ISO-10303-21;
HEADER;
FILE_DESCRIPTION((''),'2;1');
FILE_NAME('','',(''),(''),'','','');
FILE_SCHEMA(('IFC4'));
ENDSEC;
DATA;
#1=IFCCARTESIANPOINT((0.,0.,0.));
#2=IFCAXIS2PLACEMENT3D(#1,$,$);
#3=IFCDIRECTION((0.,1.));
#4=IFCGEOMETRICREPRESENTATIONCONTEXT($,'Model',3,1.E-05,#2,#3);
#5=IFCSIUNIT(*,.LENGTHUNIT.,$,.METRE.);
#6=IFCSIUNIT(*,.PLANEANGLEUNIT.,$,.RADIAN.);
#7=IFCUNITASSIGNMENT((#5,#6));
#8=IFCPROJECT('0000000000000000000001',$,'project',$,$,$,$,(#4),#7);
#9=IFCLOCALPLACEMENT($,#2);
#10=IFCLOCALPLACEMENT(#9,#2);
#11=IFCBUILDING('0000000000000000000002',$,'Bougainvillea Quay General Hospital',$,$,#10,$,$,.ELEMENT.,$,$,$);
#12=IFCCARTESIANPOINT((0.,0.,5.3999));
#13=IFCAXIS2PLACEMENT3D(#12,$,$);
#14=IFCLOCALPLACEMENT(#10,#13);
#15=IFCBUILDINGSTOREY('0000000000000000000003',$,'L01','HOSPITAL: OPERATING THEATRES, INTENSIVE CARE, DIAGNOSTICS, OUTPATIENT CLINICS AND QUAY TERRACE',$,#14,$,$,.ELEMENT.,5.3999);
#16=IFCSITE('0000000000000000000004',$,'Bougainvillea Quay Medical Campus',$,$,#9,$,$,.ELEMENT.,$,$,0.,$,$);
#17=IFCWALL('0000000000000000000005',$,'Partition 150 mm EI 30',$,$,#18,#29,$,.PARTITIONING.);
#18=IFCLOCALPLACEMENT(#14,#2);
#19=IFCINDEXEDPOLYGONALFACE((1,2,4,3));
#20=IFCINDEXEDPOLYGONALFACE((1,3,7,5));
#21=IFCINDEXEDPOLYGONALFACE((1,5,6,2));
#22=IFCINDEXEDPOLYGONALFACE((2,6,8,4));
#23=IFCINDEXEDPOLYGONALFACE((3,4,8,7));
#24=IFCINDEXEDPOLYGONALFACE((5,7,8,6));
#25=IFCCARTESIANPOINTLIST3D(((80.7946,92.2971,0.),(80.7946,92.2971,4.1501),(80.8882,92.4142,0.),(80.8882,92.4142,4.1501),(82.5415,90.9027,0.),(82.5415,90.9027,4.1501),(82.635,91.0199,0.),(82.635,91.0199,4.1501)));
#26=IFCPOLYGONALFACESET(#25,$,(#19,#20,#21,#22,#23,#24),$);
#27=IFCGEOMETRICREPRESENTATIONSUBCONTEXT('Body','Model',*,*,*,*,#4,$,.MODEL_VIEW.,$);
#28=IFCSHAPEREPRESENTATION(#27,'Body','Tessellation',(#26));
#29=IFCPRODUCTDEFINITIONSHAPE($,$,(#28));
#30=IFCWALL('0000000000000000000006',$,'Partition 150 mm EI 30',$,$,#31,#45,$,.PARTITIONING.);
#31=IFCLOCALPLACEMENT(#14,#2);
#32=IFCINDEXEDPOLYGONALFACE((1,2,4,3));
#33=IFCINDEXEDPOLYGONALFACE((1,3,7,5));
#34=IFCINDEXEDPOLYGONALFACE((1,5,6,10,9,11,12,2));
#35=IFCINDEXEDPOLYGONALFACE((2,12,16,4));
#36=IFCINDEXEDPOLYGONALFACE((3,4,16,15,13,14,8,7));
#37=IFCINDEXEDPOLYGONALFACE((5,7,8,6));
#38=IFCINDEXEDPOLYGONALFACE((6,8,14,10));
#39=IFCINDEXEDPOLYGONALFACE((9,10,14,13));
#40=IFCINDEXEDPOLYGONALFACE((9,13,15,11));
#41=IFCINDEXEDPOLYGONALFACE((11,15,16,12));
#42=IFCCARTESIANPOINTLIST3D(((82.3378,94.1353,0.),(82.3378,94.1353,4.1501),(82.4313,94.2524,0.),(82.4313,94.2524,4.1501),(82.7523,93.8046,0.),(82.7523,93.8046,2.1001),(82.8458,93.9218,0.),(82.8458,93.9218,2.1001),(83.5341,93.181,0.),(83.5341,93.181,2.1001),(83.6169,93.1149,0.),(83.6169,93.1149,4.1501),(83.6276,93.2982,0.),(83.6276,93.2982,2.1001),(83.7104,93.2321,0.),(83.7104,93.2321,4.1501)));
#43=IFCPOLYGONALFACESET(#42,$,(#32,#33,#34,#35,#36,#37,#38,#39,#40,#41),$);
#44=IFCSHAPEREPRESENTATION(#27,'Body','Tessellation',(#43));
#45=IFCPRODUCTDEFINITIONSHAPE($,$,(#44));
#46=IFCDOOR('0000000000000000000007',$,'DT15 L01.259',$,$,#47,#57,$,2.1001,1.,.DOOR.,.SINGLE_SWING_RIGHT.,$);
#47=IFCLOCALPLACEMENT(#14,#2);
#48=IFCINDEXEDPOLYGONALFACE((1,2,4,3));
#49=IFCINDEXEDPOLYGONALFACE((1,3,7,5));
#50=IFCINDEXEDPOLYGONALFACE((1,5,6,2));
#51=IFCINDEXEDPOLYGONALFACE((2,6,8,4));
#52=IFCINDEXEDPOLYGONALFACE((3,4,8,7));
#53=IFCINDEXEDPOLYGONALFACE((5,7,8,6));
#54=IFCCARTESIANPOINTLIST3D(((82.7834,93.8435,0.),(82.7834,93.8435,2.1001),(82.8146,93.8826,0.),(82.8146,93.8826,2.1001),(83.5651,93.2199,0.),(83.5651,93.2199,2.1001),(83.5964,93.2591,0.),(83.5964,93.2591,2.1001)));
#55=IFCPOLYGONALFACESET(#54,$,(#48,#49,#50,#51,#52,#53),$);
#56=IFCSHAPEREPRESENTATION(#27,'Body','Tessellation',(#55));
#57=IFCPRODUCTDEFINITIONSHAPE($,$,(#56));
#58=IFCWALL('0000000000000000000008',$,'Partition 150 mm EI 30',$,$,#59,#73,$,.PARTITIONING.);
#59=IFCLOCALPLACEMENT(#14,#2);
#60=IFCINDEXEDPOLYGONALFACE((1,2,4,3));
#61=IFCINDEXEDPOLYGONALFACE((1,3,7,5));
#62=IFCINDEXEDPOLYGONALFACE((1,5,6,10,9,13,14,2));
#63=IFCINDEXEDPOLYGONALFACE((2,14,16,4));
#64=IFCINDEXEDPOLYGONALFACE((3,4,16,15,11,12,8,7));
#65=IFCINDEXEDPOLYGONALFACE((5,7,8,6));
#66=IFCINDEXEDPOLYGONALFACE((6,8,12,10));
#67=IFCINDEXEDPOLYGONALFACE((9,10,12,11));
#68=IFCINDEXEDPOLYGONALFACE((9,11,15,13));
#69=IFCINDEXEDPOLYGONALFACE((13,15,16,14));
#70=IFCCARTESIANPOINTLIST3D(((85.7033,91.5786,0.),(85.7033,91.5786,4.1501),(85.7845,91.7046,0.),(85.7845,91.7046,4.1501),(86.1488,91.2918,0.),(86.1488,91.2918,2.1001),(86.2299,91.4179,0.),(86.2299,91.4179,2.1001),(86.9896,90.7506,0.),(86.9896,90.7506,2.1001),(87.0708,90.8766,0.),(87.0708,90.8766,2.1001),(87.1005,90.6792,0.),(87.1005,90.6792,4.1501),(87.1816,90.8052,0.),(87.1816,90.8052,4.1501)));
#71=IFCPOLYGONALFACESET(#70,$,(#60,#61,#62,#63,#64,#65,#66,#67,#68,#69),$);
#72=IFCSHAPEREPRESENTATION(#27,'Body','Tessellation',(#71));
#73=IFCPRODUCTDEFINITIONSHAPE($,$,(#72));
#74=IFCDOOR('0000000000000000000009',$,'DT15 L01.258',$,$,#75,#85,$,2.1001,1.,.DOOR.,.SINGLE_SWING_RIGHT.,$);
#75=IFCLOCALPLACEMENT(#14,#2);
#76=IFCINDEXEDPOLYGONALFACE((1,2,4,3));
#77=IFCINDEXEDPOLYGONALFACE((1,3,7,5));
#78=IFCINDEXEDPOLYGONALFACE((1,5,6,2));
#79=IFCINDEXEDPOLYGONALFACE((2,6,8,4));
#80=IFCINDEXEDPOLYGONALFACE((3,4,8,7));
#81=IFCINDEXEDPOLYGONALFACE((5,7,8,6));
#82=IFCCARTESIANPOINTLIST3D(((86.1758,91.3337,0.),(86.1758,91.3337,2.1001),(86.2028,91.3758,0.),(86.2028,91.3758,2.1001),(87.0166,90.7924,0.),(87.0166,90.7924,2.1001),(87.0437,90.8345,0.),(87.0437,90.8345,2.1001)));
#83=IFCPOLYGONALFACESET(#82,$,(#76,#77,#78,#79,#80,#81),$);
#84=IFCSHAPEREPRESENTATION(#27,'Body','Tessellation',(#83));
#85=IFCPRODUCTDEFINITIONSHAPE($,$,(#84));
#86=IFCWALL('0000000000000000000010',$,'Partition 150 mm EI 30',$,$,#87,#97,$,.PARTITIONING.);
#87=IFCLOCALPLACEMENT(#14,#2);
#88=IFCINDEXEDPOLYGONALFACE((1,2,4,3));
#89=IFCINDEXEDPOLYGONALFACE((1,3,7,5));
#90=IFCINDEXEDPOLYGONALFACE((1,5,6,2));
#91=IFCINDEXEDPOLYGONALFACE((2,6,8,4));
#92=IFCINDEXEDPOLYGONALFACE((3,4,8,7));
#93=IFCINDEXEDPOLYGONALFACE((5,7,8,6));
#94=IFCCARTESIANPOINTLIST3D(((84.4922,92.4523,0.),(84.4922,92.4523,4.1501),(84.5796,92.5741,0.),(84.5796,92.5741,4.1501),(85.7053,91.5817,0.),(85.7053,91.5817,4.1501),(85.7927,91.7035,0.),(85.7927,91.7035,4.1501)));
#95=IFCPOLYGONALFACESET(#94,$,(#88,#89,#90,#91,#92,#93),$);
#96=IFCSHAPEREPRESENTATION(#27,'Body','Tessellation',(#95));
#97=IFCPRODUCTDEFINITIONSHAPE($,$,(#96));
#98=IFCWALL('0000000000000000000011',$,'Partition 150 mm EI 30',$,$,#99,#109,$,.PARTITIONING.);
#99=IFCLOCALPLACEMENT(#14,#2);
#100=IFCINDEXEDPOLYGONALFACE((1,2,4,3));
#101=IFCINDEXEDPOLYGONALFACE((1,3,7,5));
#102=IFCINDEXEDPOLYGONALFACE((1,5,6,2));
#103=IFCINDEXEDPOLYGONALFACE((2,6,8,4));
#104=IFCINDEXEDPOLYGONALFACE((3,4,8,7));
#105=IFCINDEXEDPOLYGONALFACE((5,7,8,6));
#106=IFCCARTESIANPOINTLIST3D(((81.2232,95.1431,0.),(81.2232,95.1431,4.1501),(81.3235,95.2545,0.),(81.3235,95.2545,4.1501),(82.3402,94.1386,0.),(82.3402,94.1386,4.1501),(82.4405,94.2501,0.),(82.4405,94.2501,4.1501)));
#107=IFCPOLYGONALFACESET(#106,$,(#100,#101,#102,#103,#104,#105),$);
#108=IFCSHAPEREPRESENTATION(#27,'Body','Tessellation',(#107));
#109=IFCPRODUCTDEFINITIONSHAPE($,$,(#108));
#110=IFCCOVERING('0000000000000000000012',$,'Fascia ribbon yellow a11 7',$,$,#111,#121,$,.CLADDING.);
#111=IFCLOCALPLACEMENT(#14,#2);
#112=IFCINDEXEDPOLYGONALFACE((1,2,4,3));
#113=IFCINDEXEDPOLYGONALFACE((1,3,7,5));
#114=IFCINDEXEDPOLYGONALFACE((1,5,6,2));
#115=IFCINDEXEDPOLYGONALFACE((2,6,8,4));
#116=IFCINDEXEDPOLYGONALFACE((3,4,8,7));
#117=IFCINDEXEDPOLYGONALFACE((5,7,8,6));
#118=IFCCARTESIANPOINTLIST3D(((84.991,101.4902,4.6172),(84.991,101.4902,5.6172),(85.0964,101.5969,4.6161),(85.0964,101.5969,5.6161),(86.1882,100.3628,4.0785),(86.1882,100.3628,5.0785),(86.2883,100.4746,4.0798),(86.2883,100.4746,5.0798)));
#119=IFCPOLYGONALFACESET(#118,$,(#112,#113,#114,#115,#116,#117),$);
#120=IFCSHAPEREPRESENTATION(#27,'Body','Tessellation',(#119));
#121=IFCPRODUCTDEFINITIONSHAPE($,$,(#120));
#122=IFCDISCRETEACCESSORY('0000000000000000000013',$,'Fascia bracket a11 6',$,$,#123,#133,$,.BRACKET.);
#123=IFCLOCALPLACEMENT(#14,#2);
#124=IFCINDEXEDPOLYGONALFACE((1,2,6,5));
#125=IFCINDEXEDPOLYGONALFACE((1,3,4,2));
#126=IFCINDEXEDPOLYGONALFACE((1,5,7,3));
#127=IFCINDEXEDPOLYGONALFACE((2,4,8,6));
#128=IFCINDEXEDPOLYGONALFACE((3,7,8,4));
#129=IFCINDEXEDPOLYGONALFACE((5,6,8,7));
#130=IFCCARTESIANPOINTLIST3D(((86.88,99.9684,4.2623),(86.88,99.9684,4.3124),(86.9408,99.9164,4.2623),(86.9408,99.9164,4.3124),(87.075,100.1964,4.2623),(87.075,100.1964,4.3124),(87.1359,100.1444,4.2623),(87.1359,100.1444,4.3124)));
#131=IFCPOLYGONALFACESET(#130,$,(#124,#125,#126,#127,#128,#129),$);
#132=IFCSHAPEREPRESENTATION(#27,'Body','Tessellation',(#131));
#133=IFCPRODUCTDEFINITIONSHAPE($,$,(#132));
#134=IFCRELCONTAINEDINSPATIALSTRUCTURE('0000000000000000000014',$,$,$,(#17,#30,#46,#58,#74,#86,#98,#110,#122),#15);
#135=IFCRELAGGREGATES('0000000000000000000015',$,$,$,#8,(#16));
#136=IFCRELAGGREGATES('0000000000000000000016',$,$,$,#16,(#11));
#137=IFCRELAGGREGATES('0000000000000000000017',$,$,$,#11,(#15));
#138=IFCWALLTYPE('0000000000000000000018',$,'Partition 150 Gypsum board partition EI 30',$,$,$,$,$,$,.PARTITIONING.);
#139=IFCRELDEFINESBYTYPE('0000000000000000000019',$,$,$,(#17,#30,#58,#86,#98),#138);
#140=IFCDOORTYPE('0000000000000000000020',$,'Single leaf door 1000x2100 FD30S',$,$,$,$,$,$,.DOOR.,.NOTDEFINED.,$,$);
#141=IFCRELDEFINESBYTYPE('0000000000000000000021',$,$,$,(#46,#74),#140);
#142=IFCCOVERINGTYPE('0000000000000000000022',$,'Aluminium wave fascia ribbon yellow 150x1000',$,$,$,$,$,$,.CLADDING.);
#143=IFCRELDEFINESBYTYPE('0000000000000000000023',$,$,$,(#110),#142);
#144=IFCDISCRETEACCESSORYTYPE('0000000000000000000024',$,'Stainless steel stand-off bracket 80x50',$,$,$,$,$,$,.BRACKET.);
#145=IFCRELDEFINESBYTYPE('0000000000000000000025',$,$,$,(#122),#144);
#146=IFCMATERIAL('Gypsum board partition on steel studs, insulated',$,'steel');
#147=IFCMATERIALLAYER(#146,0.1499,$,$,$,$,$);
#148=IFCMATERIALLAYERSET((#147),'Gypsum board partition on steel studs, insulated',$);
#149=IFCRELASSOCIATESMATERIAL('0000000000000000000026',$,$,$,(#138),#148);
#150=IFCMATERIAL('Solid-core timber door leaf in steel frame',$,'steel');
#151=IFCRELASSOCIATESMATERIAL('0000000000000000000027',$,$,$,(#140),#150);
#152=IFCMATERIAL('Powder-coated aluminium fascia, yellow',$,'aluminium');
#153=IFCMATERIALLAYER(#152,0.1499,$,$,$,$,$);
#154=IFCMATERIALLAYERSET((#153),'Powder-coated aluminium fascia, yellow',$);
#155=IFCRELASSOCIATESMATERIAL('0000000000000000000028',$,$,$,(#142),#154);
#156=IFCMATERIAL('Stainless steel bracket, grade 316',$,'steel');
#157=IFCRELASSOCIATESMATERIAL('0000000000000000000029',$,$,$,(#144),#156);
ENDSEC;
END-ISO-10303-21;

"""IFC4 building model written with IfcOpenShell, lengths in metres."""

from ifc_helpers import new_model, si_unit, direction, frame, frame_2d, origin, origin_2d, place, context, subcontext, project, spatial, polyline, rectangle, outline, extrude, material, layer, layer_set, material_profile, profile_set, type_object, element, fill, save


model = new_model("IFC4")

# Units and contexts
model_context = context("Model", 3, precision=1e-05, world=origin(), true_north=direction((0.0, 1.0)))
body_context = subcontext(model_context, "Body", "Model", "MODEL_VIEW")
ifc_project = project(units=[si_unit("LENGTHUNIT", "METRE"), si_unit("PLANEANGLEUNIT", "RADIAN")], contexts=[model_context])

# Site, building, storey
site_placement = place(None, origin())
site = spatial("IfcSite", under=ifc_project, at=site_placement, Name="Bougainvillea Quay Medical Campus", CompositionType="ELEMENT", RefElevation=0.0)
building_placement = place(site_placement, origin())
building = spatial("IfcBuilding", under=site, at=building_placement, Name="Bougainvillea Quay General Hospital", CompositionType="ELEMENT")
storey_placement = place(building_placement, frame((0.0, 0.0, 5.3999)))
storey = spatial("IfcBuildingStorey", under=building, at=storey_placement, Name="L01", Description="HOSPITAL: OPERATING THEATRES, INTENSIVE CARE, DIAGNOSTICS, OUTPATIENT CLINICS AND QUAY TERRACE", CompositionType="ELEMENT", Elevation=5.3999)

# Wall
ifc_material_1 = material(Name="Gypsum board partition on steel studs, insulated", Category="steel")
ifc_layer_1 = layer(ifc_material_1, 0.1499)
ifc_layer_set_1 = layer_set([ifc_layer_1], Name="Gypsum board partition on steel studs, insulated")
wall_type_1 = type_object("IfcWallType", Name="Partition 150 Gypsum board partition EI 30", PredefinedType="PARTITIONING", material=ifc_layer_set_1)
wall_1_placement = place(storey_placement, frame((80.8413, 92.3557, 0.0), z_axis=(0.0, 0.0, 1.0), x_axis=(0.781561, -0.623829, 0.0)))
element("IfcWall", 1, at=wall_1_placement, inside=storey, type_object=wall_type_1, Name="Partition 150 mm EI 30", PredefinedType="PARTITIONING", context=body_context, shape_type="SweptSolid", body=[
    extrude(rectangle(XDim=2.2351, YDim=0.1499, at=frame_2d((1.1177, 0.0))), origin(), (0.0, 0.0, 1.0), 4.1501),
])

# Walls, openings, doors
wall_2_placement = place(storey_placement, frame((82.3845, 94.1938, 0.0), z_axis=(0.0, 0.0, 1.0), x_axis=(0.781756, -0.623584, 0.0)))
wall_2 = element("IfcWall", 2, at=wall_2_placement, inside=storey, type_object=wall_type_1, Name="Partition 150 mm EI 30", PredefinedType="PARTITIONING", context=body_context, shape_type="SweptSolid", body=[
    extrude(rectangle(XDim=1.6362, YDim=0.1499, at=frame_2d((0.8181, 0.0))), origin(), (0.0, 0.0, 1.0), 4.1501),
])
opening_1_placement = place(wall_2_placement, frame((0.5303, 0.0, 0.0)))
opening_1 = element("IfcOpeningElement", 3, at=opening_1_placement, cuts=wall_2, PredefinedType="OPENING", context=body_context, shape_type="SweptSolid", body=[
    extrude(rectangle(XDim=1.0, YDim=2.1001, at=frame_2d((0.5, 1.05))), frame((0.0, 0.085, 0.0), z_axis=(0.0, -1.0, 0.0), x_axis=(1.0, 0.0, 0.0)), (0.0, 0.0, 1.0), 0.1699),
])
ifc_material_2 = material(Name="Solid-core timber door leaf in steel frame", Category="steel")
door_type = type_object("IfcDoorType", Name="Single leaf door 1000x2100 FD30S", OperationType="NOTDEFINED", PredefinedType="DOOR", material=ifc_material_2)
door_1_placement = place(opening_1_placement, origin())
door_1 = element("IfcDoor", 4, at=door_1_placement, inside=storey, type_object=door_type, Name="DT15 L01.259", OperationType="SINGLE_SWING_RIGHT", OverallHeight=2.1001, OverallWidth=1.0, PredefinedType="DOOR", context=body_context, shape_type="SweptSolid", body=[
    extrude(rectangle(XDim=1.0, YDim=2.1001, at=frame_2d((0.5, 1.05))), frame((0.0, 0.0249, 0.0), z_axis=(0.0, -1.0, 0.0), x_axis=(1.0, 0.0, 0.0)), (0.0, 0.0, 1.0), 0.05),
])
fill(opening_1, door_1)
wall_3_placement = place(storey_placement, frame((85.7439, 91.6416, 0.0), z_axis=(0.0, 0.0, 1.0), x_axis=(0.840849, -0.54127, 0.0)))
wall_3 = element("IfcWall", 5, at=wall_3_placement, inside=storey, type_object=wall_type_1, Name="Partition 150 mm EI 30", PredefinedType="PARTITIONING", context=body_context, shape_type="SweptSolid", body=[
    extrude(rectangle(XDim=1.6616, YDim=0.1499, at=frame_2d((0.8308, 0.0))), origin(), (0.0, 0.0, 1.0), 4.1501),
])
opening_2_placement = place(wall_3_placement, frame((0.5298, 0.0, 0.0)))
opening_2 = element("IfcOpeningElement", 6, at=opening_2_placement, cuts=wall_3, PredefinedType="OPENING", context=body_context, shape_type="SweptSolid", body=[
    extrude(rectangle(XDim=1.0, YDim=2.1001, at=frame_2d((0.5, 1.05))), frame((0.0, 0.085, 0.0), z_axis=(0.0, -1.0, 0.0), x_axis=(1.0, 0.0, 0.0)), (0.0, 0.0, 1.0), 0.1699),
])
door_2_placement = place(opening_2_placement, origin())
door_2 = element("IfcDoor", 7, at=door_2_placement, inside=storey, type_object=door_type, Name="DT15 L01.258", OperationType="SINGLE_SWING_RIGHT", OverallHeight=2.1001, OverallWidth=1.0, PredefinedType="DOOR", context=body_context, shape_type="SweptSolid", body=[
    extrude(rectangle(XDim=1.0, YDim=2.1001, at=frame_2d((0.5, 1.05))), frame((0.0, 0.0249, 0.0), z_axis=(0.0, -1.0, 0.0), x_axis=(1.0, 0.0, 0.0)), (0.0, 0.0, 1.0), 0.05),
])
fill(opening_2, door_2)

# Walls
wall_4_placement = place(storey_placement, frame((84.5359, 92.5132, 0.0), z_axis=(0.0, 0.0, 1.0), x_axis=(0.812439, -0.583046, 0.0)))
element("IfcWall", 8, at=wall_4_placement, inside=storey, type_object=wall_type_1, Name="Partition 150 mm EI 30", PredefinedType="PARTITIONING", context=body_context, shape_type="SweptSolid", body=[
    extrude(rectangle(XDim=1.4932, YDim=0.1499, at=frame_2d((0.7466, 0.0))), origin(), (0.0, 0.0, 1.0), 4.1501),
])
wall_5_placement = place(storey_placement, frame((81.2734, 95.1987, 0.0), z_axis=(0.0, 0.0, 1.0), x_axis=(0.743577, -0.66865, 0.0)))
element("IfcWall", 9, at=wall_5_placement, inside=storey, type_object=wall_type_1, Name="Partition 150 mm EI 30", PredefinedType="PARTITIONING", context=body_context, shape_type="SweptSolid", body=[
    extrude(rectangle(XDim=1.5022, YDim=0.1499, at=frame_2d((0.751, 0.0))), origin(), (0.0, 0.0, 1.0), 4.1501),
])

# Covering
ifc_material_3 = material(Name="Powder-coated aluminium fascia, yellow", Category="aluminium")
ifc_layer_2 = layer(ifc_material_3, 0.1499)
ifc_layer_set_2 = layer_set([ifc_layer_2], Name="Powder-coated aluminium fascia, yellow")
covering_type = type_object("IfcCoveringType", Name="Aluminium wave fascia ribbon yellow 150x1000", PredefinedType="CLADDING", material=ifc_layer_set_2)
covering_placement = place(storey_placement, frame((86.2883, 100.4746, 4.0798), z_axis=(0.226193, -0.21386, 0.950316), x_axis=(-0.691866, 0.651477, 0.311286)))
element("IfcCovering", 10, at=covering_placement, inside=storey, type_object=covering_type, Name="Fascia ribbon yellow a11 7", PredefinedType="CLADDING", context=body_context, shape_type="SweptSolid", body=[
    extrude(outline(polyline([(0.0, 0.0), (1.7228, 0.0), (1.7265, 0.15), (-0.004, 0.15), (0.0, 0.0)])), origin(), (0.311286, -0.000603, 0.950316), 1.0),
])

# Discrete accessory
ifc_material_4 = material(Name="Stainless steel bracket, grade 316", Category="steel")
ifc_material_profile_1 = material_profile(ifc_material_4, rectangle(XDim=0.0801, YDim=0.05, at=origin_2d()))
ifc_profile_set_1 = profile_set([ifc_material_profile_1], Name="Stainless steel bracket, grade 316")
discrete_accessory_type = type_object("IfcDiscreteAccessoryType", Name="Stainless steel stand-off bracket 80x50", PredefinedType="BRACKET", material=ifc_profile_set_1)
discrete_accessory_placement = place(storey_placement, frame((87.1055, 100.1704, 4.2874), z_axis=(-0.650054, -0.759888, 0.0), x_axis=(0.759888, -0.650054, 0.0)))
element("IfcDiscreteAccessory", 11, at=discrete_accessory_placement, inside=storey, type_object=discrete_accessory_type, Name="Fascia bracket a11 6", PredefinedType="BRACKET", context=body_context, shape_type="SweptSolid", body=[
    extrude(rectangle(XDim=0.0801, YDim=0.05, at=origin_2d()), origin(), (0.0, 0.0, 1.0), 0.3),
])

save(model, "model.ifc")
